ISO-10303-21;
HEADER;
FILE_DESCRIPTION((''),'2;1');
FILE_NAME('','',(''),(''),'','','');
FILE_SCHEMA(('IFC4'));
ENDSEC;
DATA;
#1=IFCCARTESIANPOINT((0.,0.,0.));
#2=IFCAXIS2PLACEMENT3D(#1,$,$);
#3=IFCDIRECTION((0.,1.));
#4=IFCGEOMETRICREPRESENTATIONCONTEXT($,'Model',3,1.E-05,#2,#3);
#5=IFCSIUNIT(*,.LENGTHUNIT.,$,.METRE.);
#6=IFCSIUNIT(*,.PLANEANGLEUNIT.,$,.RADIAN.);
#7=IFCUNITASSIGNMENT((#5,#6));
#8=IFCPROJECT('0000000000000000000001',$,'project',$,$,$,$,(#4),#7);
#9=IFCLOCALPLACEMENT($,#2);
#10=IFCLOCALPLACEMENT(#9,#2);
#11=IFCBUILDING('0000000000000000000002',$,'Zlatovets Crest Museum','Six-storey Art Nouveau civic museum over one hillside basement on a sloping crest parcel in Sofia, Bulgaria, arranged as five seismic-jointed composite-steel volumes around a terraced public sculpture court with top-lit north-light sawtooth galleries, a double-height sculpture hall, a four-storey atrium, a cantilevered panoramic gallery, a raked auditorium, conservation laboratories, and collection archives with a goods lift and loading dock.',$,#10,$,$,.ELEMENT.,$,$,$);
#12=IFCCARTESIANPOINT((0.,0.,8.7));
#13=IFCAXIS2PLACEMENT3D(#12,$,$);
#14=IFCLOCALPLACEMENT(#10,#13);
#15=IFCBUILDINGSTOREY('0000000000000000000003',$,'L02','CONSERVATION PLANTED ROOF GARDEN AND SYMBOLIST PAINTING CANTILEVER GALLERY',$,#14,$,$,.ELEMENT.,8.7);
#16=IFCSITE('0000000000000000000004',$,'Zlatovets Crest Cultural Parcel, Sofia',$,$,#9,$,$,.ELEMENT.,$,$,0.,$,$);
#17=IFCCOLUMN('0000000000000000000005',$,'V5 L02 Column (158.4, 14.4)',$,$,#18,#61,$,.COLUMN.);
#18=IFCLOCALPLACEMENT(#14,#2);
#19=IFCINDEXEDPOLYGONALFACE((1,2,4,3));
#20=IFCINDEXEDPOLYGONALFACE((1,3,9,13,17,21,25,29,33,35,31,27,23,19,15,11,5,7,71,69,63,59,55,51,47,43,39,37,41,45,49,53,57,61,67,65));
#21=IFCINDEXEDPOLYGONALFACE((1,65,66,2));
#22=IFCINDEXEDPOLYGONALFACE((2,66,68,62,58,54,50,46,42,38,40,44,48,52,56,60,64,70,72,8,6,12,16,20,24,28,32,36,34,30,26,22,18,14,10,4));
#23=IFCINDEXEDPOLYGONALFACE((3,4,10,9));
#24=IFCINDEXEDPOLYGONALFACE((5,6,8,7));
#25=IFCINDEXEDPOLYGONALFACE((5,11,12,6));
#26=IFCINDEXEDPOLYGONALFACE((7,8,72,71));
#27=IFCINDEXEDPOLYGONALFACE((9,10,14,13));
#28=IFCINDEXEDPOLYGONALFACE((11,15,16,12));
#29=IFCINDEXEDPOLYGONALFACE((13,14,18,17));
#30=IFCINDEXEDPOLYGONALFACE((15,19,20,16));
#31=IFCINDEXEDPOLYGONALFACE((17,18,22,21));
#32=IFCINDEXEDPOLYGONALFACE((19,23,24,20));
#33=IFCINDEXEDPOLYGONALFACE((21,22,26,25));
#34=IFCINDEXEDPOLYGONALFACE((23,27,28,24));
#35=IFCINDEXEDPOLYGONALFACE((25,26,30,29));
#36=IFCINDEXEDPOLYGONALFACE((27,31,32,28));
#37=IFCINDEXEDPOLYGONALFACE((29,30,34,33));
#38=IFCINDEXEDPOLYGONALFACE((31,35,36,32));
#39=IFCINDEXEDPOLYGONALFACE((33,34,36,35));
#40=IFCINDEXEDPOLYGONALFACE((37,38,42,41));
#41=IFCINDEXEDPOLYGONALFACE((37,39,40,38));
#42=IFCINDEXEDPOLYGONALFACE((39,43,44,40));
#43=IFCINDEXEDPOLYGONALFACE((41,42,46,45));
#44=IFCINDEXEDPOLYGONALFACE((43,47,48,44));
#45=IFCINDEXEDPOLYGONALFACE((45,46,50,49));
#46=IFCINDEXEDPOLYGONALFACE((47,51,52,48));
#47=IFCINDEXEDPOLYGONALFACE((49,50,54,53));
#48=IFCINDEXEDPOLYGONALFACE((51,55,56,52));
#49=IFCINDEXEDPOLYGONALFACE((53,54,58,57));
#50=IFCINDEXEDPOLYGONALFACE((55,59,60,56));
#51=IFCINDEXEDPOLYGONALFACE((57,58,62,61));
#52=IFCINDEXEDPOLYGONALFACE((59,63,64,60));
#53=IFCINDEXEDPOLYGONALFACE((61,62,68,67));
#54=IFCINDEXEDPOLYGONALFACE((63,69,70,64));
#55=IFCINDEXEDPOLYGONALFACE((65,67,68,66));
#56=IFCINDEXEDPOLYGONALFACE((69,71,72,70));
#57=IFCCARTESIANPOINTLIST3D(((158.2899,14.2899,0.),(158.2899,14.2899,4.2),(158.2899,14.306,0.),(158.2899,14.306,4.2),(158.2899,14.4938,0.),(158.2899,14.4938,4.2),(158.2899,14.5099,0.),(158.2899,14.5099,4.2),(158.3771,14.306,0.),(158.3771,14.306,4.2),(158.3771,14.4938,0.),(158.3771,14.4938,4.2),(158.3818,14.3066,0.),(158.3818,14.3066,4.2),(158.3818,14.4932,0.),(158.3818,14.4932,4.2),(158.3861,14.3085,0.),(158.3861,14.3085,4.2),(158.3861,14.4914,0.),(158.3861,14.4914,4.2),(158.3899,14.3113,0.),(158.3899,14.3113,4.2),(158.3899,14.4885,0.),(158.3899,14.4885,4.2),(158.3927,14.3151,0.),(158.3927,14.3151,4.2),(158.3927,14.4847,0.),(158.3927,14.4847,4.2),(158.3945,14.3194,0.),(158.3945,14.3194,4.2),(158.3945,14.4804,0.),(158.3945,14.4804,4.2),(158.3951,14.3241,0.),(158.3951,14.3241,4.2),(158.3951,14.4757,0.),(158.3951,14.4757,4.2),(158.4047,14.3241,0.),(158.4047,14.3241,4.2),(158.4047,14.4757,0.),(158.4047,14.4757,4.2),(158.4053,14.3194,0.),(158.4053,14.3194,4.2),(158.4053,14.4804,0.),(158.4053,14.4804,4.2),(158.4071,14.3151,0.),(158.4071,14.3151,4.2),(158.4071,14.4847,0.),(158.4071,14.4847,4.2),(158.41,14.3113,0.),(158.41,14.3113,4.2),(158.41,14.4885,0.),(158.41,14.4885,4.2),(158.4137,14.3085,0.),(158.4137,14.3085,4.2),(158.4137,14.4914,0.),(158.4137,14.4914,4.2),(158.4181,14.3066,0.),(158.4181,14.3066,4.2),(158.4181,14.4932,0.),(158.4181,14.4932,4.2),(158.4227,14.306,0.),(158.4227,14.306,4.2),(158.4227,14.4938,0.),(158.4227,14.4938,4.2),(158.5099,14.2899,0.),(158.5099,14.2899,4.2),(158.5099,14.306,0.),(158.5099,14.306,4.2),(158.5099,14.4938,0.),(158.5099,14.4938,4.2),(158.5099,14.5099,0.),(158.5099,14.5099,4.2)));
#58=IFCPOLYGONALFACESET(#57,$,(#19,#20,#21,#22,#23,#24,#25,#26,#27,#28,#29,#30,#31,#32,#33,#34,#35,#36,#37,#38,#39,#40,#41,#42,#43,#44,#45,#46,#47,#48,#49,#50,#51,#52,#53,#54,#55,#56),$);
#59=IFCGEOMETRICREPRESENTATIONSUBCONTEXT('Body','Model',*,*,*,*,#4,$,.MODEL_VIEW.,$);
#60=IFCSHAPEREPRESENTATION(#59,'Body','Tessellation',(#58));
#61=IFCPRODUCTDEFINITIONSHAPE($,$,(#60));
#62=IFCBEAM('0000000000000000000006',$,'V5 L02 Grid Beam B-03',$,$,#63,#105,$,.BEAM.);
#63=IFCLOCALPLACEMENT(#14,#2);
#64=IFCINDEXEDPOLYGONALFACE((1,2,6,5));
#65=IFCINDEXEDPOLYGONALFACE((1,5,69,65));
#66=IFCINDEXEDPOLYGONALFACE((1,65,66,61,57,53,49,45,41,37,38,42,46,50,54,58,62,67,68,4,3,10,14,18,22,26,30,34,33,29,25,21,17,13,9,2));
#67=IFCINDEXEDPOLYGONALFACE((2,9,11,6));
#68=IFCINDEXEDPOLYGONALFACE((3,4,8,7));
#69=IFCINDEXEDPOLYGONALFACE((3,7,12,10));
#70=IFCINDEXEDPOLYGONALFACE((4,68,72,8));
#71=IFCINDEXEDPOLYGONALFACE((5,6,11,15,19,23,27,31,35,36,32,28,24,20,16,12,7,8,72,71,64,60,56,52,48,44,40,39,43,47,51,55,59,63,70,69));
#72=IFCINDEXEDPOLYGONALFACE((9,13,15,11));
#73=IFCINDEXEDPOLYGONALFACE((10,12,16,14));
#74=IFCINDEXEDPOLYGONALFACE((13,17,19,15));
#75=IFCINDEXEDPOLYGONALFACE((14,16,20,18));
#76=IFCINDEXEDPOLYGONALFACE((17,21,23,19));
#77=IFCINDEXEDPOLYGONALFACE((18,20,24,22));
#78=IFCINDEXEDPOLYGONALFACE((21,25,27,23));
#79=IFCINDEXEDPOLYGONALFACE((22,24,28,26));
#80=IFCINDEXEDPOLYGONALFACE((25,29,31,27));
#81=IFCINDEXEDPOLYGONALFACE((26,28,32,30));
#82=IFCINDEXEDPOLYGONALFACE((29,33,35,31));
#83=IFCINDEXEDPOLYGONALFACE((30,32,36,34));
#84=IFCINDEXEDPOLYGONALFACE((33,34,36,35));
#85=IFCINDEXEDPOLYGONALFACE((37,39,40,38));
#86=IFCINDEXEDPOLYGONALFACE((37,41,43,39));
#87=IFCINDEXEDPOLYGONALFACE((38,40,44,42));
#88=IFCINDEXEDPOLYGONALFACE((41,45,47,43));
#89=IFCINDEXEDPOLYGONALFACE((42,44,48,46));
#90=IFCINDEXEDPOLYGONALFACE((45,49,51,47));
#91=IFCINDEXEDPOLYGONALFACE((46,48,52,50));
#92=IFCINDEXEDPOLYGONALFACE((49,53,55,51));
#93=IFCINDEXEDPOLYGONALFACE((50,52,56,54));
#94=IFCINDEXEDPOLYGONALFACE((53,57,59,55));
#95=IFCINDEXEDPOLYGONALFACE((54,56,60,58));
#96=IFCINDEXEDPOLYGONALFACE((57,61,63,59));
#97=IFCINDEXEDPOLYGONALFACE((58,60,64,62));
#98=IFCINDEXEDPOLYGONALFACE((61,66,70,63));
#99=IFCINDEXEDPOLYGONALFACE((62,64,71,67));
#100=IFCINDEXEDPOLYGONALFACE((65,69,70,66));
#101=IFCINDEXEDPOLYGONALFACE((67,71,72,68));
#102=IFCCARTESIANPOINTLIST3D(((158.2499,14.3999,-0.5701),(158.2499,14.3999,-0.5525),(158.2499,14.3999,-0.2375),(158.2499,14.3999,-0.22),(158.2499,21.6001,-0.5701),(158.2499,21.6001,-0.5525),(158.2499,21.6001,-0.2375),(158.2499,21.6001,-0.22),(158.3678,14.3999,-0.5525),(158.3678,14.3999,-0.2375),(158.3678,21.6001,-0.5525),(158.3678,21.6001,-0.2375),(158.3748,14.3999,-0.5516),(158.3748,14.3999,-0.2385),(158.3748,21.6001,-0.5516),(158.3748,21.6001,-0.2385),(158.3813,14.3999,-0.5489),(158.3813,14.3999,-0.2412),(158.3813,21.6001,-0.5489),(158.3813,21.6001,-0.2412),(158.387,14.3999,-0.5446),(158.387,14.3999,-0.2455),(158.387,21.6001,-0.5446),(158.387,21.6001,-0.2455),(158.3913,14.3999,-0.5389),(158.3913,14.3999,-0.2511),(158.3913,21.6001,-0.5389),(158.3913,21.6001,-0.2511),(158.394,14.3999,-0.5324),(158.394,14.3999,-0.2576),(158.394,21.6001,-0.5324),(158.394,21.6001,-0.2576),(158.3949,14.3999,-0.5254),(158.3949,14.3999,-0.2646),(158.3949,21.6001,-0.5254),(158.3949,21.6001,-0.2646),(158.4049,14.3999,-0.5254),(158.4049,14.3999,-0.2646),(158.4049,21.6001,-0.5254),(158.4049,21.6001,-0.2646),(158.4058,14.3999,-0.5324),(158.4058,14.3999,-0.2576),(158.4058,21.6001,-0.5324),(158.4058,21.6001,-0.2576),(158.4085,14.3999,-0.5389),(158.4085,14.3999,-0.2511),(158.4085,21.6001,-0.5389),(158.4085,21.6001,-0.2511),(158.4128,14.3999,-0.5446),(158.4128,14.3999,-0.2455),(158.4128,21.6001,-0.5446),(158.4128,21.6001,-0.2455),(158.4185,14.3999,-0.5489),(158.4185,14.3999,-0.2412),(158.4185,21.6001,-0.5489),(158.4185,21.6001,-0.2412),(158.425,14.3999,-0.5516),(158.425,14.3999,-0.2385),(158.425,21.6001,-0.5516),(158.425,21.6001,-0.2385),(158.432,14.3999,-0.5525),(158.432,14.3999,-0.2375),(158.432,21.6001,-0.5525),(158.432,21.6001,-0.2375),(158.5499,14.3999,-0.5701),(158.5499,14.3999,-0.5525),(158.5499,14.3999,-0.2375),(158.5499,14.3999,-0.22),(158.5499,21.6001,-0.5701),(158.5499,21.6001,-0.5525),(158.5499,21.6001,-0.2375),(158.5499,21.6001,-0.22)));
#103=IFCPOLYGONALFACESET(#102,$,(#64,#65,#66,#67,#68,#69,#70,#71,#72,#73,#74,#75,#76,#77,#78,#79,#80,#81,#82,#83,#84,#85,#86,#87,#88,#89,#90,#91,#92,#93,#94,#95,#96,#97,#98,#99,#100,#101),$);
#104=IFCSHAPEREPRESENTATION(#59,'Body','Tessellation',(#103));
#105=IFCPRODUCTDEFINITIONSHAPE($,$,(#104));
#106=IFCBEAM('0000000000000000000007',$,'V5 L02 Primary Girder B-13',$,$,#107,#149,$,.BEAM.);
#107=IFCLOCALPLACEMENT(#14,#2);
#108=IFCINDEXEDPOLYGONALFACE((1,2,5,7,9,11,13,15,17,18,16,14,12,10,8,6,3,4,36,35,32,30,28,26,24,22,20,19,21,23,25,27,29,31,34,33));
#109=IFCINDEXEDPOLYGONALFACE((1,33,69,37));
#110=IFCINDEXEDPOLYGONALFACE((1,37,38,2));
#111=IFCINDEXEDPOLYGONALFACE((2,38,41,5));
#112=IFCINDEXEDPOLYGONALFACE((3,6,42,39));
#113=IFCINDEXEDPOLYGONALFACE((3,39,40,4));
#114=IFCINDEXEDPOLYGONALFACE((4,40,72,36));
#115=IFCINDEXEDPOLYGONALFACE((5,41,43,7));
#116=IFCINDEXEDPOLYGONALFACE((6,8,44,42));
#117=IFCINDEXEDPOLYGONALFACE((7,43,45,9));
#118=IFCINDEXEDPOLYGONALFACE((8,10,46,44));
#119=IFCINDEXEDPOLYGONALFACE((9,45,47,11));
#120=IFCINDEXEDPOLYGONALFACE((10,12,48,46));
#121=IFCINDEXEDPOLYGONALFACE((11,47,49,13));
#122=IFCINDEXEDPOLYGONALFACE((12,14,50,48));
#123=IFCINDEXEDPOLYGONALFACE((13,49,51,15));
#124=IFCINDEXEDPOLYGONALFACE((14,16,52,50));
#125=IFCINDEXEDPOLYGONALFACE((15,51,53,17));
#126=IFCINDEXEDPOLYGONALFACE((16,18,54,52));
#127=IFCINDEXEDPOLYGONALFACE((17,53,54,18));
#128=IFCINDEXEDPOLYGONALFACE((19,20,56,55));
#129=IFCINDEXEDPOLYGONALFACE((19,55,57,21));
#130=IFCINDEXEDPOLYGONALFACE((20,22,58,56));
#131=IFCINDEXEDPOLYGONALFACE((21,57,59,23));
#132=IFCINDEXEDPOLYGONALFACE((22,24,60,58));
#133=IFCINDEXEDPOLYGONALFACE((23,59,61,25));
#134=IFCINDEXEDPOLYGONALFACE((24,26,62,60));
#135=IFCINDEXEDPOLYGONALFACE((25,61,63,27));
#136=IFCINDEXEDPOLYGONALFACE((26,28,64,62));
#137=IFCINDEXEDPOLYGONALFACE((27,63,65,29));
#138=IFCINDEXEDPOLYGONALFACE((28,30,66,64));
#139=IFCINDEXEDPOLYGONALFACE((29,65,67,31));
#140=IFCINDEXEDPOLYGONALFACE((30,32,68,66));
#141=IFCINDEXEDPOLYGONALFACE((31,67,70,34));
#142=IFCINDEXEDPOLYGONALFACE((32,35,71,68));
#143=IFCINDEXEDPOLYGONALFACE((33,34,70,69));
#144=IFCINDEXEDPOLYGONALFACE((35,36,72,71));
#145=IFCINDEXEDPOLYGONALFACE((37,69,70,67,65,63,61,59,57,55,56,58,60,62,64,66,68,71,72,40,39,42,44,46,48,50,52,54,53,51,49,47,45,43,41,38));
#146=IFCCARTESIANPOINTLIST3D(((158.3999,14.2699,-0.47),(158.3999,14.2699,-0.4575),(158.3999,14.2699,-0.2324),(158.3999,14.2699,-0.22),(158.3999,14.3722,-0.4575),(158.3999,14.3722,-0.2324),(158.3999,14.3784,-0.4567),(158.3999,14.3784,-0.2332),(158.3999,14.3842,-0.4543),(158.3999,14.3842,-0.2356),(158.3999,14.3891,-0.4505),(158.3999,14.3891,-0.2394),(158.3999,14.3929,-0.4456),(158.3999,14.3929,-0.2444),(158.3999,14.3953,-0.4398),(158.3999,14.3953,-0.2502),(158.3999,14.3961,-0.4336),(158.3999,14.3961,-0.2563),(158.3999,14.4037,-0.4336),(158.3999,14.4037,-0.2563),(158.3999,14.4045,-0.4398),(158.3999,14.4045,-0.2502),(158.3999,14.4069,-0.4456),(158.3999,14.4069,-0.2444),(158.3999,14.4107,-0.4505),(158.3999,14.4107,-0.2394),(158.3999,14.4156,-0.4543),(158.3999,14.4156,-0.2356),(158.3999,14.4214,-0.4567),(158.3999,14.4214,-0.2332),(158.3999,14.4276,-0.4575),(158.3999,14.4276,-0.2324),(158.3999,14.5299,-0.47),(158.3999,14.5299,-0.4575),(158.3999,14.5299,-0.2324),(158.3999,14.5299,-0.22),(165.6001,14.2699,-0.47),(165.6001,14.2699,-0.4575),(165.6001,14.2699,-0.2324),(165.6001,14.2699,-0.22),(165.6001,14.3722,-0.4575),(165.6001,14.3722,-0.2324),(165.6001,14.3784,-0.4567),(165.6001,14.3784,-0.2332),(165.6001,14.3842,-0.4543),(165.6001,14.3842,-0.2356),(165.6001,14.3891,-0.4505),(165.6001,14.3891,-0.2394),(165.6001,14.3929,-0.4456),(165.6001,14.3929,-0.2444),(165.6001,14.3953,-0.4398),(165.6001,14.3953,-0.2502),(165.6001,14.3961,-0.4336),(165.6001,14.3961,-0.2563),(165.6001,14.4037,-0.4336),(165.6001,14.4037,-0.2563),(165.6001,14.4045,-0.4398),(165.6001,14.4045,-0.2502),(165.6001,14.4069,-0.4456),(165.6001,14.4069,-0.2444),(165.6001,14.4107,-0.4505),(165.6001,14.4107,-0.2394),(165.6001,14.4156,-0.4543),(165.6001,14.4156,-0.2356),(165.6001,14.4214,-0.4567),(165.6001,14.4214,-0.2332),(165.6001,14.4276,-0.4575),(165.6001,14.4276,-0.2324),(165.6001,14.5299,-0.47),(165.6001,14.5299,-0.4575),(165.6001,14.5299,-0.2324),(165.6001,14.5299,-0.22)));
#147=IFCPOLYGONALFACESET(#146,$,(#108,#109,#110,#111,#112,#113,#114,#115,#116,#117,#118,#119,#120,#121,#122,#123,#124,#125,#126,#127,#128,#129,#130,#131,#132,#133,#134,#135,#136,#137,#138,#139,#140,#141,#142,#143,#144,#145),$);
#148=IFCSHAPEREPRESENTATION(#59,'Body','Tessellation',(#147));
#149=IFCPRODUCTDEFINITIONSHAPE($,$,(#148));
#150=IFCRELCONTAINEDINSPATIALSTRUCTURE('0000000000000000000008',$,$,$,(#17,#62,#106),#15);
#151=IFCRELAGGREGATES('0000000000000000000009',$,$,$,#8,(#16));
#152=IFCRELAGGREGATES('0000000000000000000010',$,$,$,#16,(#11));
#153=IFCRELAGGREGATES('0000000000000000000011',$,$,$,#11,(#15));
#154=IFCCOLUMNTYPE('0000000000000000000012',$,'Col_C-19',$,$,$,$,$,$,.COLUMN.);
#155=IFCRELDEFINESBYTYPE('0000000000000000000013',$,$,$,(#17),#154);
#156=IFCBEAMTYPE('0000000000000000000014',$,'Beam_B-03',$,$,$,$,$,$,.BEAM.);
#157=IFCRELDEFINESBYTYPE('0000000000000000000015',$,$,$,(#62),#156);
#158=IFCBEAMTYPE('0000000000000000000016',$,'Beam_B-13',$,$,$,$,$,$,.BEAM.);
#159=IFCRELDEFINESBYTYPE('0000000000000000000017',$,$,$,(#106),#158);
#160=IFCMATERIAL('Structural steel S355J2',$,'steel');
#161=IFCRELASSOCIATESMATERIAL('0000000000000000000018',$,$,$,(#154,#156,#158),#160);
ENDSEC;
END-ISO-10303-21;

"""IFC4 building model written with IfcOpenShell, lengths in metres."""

from ifc_helpers import new_model, si_unit, direction, frame, origin, origin_2d, place, context, subcontext, project, spatial, i_section, extrude, material, material_profile, profile_set, type_object, element, save


model = new_model("IFC4")

# Units and contexts
model_context = context("Model", 3, precision=1e-05, world=origin(), true_north=direction((0.0, 1.0)))
body_context = subcontext(model_context, "Body", "Model", "MODEL_VIEW")
ifc_project = project(units=[si_unit("LENGTHUNIT", "METRE"), si_unit("PLANEANGLEUNIT", "RADIAN")], contexts=[model_context])

# Site, building, storey
site_placement = place(None, origin())
site = spatial("IfcSite", under=ifc_project, at=site_placement, Name="Zlatovets Crest Cultural Parcel, Sofia", CompositionType="ELEMENT", RefElevation=0.0)
building_placement = place(site_placement, origin())
building = spatial("IfcBuilding", under=site, at=building_placement, Name="Zlatovets Crest Museum", Description="Six-storey Art Nouveau civic museum over one hillside basement on a sloping crest parcel in Sofia, Bulgaria, arranged as five seismic-jointed composite-steel volumes around a terraced public sculpture court with top-lit north-light sawtooth galleries, a double-height sculpture hall, a four-storey atrium, a cantilevered panoramic gallery, a raked auditorium, conservation laboratories, and collection archives with a goods lift and loading dock.", CompositionType="ELEMENT")
storey_placement = place(building_placement, frame((0.0, 0.0, 8.7)))
storey = spatial("IfcBuildingStorey", under=building, at=storey_placement, Name="L02", Description="CONSERVATION PLANTED ROOF GARDEN AND SYMBOLIST PAINTING CANTILEVER GALLERY", CompositionType="ELEMENT", Elevation=8.7)

# Column
ifc_material_1 = material(Name="Structural steel S355J2", Category="steel")
ifc_material_profile_1 = material_profile(ifc_material_1, i_section(OverallWidth=0.22, OverallDepth=0.22, WebThickness=0.0095, FlangeThickness=0.0161, FilletRadius=0.0181, at=origin_2d()), Name="HEB 220")
ifc_profile_set_1 = profile_set([ifc_material_profile_1], Name="Structural steel S355J2")
column_type = type_object("IfcColumnType", Name="Col_C-19", PredefinedType="COLUMN", material=ifc_profile_set_1)
column_placement = place(storey_placement, frame((158.3999, 14.3999, 0.0), z_axis=(0.0, 0.0, 1.0), x_axis=(1.0, 0.0, 0.0)))
element("IfcColumn", 1, at=column_placement, inside=storey, type_object=column_type, Name="V5 L02 Column (158.4, 14.4)", PredefinedType="COLUMN", context=body_context, shape_type="SweptSolid", body=[
    extrude(i_section(OverallWidth=0.22, OverallDepth=0.22, WebThickness=0.0095, FlangeThickness=0.0161, FilletRadius=0.0181, at=origin_2d()), origin(), (0.0, 0.0, 1.0), 4.2),
])

# Beams
ifc_material_profile_2 = material_profile(ifc_material_1, i_section(OverallWidth=0.3, OverallDepth=0.3501, WebThickness=0.01, FlangeThickness=0.0176, FilletRadius=0.0271, at=origin_2d()), Name="HEA 360")
ifc_profile_set_2 = profile_set([ifc_material_profile_2], Name="Structural steel S355J2")
beam_type_1 = type_object("IfcBeamType", Name="Beam_B-03", PredefinedType="BEAM", material=ifc_profile_set_2)
beam_1_placement = place(storey_placement, frame((158.3999, 14.3999, -0.395), z_axis=(0.0, 1.0, 0.0), x_axis=(-1.0, 0.0, 0.0)))
element("IfcBeam", 2, at=beam_1_placement, inside=storey, type_object=beam_type_1, Name="V5 L02 Grid Beam B-03", PredefinedType="BEAM", context=body_context, shape_type="SweptSolid", body=[
    extrude(i_section(OverallWidth=0.3, OverallDepth=0.3501, WebThickness=0.01, FlangeThickness=0.0176, FilletRadius=0.0271, at=origin_2d()), origin(), (0.0, 0.0, 1.0), 7.2002),
])
ifc_material_profile_3 = material_profile(ifc_material_1, i_section(OverallWidth=0.26, OverallDepth=0.25, WebThickness=0.0076, FlangeThickness=0.0125, FilletRadius=0.0239, at=origin_2d()), Name="HEA 260")
ifc_profile_set_3 = profile_set([ifc_material_profile_3], Name="Structural steel S355J2")
beam_type_2 = type_object("IfcBeamType", Name="Beam_B-13", PredefinedType="BEAM", material=ifc_profile_set_3)
beam_2_placement = place(storey_placement, frame((158.3999, 14.3999, -0.345), z_axis=(1.0, 0.0, 0.0), x_axis=(0.0, 1.0, 0.0)))
element("IfcBeam", 3, at=beam_2_placement, inside=storey, type_object=beam_type_2, Name="V5 L02 Primary Girder B-13", PredefinedType="BEAM", context=body_context, shape_type="SweptSolid", body=[
    extrude(i_section(OverallWidth=0.26, OverallDepth=0.25, WebThickness=0.0076, FlangeThickness=0.0125, FilletRadius=0.0239, at=origin_2d()), origin(), (0.0, 0.0, 1.0), 7.2002),
])

save(model, "model.ifc")
